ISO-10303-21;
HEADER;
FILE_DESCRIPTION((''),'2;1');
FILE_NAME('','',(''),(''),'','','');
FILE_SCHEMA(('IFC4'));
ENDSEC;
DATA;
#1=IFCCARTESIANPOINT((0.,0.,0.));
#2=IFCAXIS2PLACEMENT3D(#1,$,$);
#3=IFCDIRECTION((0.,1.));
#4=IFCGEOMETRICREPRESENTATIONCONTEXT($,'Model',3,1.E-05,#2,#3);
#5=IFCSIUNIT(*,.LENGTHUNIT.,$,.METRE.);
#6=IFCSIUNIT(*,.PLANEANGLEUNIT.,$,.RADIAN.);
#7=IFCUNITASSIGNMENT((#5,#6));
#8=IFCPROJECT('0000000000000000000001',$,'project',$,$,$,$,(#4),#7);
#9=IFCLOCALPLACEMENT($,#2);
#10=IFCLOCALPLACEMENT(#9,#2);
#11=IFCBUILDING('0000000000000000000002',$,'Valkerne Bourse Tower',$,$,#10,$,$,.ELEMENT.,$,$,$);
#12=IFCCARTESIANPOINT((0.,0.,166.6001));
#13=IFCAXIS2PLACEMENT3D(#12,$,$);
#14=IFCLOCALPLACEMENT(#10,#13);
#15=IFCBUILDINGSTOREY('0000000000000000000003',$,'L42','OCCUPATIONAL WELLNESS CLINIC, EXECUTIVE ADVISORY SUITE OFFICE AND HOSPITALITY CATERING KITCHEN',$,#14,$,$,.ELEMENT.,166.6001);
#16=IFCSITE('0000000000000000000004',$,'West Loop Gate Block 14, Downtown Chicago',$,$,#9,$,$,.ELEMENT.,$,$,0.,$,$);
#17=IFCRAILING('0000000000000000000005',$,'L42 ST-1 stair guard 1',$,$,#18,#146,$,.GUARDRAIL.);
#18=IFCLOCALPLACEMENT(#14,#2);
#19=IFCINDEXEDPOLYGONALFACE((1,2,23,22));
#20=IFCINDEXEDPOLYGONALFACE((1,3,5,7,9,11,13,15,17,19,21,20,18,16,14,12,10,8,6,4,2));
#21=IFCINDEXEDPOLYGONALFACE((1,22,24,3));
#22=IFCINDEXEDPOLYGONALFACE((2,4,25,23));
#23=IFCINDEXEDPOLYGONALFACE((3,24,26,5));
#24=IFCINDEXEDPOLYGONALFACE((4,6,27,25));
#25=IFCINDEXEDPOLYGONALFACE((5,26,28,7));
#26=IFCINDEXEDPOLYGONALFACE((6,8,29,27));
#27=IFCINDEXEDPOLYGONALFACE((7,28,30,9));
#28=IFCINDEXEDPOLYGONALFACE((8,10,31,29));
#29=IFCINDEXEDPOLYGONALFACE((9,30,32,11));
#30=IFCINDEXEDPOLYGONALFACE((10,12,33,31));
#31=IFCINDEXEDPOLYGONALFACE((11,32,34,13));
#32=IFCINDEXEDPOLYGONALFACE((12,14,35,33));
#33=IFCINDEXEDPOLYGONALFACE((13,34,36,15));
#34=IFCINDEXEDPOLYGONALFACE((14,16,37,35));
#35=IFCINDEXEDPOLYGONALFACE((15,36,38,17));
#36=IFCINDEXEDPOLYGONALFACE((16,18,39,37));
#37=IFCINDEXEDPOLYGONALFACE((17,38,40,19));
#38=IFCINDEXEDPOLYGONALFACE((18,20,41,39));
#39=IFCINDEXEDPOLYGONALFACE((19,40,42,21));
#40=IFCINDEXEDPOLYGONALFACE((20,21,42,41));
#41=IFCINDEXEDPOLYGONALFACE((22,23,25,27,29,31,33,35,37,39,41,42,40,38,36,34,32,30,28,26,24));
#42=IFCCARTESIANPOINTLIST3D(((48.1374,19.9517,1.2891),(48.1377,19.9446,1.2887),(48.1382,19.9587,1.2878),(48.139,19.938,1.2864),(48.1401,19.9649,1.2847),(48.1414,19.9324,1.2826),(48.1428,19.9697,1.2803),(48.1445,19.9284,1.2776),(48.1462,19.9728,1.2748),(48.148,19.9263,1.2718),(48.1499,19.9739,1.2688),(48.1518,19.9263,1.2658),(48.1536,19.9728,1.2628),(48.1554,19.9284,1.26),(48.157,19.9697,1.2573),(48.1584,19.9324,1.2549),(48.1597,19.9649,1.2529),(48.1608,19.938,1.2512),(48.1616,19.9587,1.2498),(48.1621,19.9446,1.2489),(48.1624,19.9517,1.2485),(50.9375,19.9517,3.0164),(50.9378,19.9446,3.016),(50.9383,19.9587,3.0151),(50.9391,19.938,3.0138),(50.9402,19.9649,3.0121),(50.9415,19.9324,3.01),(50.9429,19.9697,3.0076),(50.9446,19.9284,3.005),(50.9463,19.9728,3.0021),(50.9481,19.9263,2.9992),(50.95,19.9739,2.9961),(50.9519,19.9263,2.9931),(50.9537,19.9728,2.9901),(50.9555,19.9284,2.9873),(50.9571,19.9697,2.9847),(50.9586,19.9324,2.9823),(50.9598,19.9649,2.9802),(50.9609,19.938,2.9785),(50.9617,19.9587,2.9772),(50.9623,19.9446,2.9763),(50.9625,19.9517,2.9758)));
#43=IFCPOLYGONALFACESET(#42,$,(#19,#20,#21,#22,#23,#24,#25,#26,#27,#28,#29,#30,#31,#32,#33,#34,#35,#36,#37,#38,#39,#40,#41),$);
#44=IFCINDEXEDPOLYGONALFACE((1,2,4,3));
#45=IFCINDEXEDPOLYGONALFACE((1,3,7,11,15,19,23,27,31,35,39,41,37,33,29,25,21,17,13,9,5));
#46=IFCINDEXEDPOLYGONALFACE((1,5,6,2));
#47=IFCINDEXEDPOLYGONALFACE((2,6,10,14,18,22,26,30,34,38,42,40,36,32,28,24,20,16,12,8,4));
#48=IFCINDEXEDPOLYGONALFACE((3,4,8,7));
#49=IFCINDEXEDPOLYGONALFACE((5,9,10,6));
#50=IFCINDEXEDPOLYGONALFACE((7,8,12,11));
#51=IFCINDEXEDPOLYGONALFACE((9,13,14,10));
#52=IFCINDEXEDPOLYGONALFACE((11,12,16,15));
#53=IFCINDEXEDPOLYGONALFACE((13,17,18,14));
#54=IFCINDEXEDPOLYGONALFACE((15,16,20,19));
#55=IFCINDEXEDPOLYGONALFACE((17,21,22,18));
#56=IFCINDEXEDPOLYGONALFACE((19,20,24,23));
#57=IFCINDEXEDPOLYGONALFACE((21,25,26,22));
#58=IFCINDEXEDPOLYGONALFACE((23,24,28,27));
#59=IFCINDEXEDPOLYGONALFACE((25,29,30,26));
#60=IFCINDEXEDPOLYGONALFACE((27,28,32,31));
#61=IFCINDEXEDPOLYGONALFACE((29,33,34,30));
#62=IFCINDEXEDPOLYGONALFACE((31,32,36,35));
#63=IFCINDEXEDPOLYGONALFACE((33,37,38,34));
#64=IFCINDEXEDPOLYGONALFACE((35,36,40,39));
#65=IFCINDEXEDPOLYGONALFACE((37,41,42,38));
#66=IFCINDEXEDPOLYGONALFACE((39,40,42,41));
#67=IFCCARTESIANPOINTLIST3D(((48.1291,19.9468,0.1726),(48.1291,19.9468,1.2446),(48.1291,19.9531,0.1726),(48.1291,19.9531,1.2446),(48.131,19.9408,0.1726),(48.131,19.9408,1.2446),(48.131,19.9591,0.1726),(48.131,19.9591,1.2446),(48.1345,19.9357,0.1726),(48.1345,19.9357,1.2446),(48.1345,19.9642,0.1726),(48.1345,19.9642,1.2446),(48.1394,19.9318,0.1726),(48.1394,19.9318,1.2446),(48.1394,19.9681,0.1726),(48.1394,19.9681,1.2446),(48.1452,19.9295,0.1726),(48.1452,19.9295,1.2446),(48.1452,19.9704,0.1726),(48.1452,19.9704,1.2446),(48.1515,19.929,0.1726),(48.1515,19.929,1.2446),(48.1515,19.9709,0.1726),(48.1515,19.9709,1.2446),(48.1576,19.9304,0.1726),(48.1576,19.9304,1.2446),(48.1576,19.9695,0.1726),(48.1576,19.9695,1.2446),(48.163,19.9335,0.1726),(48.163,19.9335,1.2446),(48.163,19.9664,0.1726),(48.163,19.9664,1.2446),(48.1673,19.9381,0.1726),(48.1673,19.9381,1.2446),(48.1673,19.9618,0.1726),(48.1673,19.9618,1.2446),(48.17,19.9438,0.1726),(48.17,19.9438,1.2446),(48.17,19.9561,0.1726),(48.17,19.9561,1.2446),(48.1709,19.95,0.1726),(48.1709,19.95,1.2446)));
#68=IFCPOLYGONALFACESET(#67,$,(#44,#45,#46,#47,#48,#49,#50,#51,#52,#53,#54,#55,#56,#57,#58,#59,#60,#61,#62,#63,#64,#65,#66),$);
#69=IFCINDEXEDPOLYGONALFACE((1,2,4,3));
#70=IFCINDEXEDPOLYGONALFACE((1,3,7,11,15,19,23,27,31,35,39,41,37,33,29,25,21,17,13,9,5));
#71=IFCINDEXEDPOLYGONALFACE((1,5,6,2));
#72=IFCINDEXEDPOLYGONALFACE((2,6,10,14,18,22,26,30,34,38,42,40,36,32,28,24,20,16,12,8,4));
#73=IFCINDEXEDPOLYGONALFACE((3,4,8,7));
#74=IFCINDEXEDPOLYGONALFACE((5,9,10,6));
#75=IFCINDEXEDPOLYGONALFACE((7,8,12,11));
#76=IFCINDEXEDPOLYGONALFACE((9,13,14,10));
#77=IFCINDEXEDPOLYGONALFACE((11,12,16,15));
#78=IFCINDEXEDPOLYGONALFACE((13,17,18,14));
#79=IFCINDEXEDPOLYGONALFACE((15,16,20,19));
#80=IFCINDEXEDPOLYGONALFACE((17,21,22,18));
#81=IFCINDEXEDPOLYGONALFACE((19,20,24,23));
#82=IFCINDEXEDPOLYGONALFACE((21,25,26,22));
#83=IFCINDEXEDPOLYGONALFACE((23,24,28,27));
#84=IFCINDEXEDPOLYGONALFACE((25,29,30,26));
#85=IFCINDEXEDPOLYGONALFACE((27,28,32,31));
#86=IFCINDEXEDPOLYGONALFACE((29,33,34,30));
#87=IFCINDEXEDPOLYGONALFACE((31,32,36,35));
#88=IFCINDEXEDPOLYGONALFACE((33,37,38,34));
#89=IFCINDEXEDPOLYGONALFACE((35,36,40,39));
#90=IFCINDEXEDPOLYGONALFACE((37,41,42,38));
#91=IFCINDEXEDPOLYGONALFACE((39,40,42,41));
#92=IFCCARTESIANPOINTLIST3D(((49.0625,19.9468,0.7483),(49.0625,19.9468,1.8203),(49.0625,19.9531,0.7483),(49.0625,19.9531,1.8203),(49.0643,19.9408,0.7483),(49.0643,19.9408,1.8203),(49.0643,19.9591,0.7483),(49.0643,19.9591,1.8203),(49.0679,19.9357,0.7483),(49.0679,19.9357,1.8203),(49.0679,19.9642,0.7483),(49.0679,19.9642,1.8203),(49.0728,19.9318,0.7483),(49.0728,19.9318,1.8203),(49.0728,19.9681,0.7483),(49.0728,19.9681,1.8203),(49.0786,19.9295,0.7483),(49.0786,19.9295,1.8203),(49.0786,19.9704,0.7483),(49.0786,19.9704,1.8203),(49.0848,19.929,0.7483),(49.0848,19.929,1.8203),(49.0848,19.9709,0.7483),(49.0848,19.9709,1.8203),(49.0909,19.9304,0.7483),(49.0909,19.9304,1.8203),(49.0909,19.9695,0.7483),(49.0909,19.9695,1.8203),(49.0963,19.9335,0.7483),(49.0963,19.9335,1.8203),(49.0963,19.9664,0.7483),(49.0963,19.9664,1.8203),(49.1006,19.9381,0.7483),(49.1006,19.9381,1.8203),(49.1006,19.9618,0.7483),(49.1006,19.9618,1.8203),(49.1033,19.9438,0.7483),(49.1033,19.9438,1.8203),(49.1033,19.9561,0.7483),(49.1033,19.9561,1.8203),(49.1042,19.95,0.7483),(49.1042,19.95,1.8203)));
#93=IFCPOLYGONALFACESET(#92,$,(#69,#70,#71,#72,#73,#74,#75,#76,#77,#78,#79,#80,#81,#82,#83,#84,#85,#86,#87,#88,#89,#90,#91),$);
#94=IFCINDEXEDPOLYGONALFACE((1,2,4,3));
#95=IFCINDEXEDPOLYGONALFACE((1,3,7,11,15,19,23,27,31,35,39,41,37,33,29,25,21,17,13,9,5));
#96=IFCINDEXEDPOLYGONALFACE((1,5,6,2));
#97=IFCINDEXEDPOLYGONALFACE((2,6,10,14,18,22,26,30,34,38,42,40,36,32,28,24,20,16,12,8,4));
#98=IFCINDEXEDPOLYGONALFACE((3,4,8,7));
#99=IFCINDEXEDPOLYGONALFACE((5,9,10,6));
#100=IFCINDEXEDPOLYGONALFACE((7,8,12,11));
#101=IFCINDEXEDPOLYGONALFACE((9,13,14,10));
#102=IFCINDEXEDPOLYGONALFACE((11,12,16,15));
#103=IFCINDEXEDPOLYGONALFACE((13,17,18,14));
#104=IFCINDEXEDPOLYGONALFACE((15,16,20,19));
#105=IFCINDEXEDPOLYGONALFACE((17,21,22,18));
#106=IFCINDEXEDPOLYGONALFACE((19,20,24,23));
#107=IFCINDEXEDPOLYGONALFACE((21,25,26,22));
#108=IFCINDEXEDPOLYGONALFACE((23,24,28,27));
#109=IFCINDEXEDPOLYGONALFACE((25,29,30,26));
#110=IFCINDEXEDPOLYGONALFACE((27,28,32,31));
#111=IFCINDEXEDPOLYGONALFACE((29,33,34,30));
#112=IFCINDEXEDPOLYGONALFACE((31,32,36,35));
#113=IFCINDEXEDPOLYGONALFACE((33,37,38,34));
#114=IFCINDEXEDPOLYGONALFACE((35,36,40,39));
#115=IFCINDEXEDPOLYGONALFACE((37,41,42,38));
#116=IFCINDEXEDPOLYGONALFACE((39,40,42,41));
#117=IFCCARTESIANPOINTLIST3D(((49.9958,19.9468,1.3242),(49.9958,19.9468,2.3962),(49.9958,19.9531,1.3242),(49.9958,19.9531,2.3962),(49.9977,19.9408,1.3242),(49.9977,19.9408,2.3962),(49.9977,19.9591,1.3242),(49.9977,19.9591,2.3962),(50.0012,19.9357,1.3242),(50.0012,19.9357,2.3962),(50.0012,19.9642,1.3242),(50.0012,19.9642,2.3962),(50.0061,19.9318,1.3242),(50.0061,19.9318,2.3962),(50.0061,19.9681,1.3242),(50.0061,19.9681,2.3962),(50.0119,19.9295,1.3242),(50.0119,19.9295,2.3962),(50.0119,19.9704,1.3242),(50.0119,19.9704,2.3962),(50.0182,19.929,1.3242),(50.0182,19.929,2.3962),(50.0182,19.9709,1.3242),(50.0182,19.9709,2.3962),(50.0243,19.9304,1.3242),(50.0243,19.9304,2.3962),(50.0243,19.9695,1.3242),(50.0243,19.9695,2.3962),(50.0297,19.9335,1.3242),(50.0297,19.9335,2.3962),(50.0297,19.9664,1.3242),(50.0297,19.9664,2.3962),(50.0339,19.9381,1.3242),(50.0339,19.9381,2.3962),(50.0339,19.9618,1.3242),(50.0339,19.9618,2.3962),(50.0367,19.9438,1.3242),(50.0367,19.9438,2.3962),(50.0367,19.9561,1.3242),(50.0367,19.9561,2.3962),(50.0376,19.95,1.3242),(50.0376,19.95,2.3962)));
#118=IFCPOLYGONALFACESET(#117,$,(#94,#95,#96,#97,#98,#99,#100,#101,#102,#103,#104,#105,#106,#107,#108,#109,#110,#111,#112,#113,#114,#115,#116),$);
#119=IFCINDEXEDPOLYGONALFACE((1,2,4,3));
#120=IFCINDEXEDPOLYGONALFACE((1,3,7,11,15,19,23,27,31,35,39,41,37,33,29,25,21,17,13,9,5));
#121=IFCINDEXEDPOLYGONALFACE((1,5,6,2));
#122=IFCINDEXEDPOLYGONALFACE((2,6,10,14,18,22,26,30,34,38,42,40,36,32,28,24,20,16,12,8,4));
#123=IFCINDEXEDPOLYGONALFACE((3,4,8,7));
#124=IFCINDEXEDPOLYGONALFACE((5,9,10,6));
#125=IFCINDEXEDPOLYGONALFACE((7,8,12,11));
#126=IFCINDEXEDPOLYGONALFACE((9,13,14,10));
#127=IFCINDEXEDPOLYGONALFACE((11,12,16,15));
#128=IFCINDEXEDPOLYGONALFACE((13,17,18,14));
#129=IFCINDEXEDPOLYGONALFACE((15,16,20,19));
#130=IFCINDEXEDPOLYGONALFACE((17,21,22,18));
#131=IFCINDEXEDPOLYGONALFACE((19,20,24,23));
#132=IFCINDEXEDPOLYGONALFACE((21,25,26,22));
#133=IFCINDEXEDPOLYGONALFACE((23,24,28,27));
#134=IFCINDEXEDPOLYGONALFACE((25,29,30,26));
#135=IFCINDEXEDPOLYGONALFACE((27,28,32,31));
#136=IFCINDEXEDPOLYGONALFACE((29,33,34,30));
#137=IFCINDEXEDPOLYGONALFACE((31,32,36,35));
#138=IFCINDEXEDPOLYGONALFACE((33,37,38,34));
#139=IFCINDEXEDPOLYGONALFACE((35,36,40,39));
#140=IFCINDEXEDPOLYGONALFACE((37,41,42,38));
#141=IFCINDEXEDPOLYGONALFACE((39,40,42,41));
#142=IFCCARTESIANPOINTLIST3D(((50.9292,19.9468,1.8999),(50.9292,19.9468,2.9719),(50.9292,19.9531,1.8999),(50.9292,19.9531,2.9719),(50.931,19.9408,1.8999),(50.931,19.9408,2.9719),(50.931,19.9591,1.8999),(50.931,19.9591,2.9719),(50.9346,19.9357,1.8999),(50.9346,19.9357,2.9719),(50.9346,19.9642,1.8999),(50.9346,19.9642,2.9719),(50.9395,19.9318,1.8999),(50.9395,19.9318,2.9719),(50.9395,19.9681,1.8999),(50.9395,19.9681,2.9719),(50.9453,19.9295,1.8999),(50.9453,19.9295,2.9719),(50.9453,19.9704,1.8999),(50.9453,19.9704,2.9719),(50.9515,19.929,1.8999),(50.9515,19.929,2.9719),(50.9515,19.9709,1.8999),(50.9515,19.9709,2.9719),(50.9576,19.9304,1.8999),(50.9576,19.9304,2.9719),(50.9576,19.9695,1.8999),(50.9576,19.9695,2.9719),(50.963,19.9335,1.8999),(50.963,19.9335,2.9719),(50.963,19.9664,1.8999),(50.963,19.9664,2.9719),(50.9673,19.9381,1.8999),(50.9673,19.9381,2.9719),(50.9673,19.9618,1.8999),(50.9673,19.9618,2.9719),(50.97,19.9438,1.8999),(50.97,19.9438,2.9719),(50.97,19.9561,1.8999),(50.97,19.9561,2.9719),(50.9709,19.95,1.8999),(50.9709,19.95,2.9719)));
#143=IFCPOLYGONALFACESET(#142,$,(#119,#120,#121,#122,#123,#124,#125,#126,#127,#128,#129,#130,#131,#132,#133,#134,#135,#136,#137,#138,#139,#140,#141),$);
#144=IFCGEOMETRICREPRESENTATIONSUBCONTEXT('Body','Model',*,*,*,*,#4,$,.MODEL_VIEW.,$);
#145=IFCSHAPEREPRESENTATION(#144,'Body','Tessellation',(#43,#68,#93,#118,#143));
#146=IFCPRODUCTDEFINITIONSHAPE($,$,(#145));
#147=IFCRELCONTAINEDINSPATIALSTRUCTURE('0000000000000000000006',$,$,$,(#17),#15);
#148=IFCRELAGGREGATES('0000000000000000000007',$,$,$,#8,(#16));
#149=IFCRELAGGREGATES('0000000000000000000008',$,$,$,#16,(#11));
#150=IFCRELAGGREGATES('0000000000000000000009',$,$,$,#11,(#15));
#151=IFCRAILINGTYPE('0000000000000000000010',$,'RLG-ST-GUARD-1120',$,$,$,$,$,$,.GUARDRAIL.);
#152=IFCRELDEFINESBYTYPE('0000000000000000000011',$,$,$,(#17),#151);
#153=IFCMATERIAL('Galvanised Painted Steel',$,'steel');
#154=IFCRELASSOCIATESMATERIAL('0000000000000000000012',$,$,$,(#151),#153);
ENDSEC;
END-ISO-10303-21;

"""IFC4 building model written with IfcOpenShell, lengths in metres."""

from ifc_helpers import new_model, si_unit, direction, frame, origin, origin_2d, place, context, subcontext, project, spatial, circle, extrude, material, type_object, element, save


model = new_model("IFC4")

# Units and contexts
model_context = context("Model", 3, precision=1e-05, world=origin(), true_north=direction((0.0, 1.0)))
body_context = subcontext(model_context, "Body", "Model", "MODEL_VIEW")
ifc_project = project(units=[si_unit("LENGTHUNIT", "METRE"), si_unit("PLANEANGLEUNIT", "RADIAN")], contexts=[model_context])

# Site, building, storey
site_placement = place(None, origin())
site = spatial("IfcSite", under=ifc_project, at=site_placement, Name="West Loop Gate Block 14, Downtown Chicago", CompositionType="ELEMENT", RefElevation=0.0)
building_placement = place(site_placement, origin())
building = spatial("IfcBuilding", under=site, at=building_placement, Name="Valkerne Bourse Tower", CompositionType="ELEMENT")
storey_placement = place(building_placement, frame((0.0, 0.0, 166.6001)))
storey = spatial("IfcBuildingStorey", under=building, at=storey_placement, Name="L42", Description="OCCUPATIONAL WELLNESS CLINIC, EXECUTIVE ADVISORY SUITE OFFICE AND HOSPITALITY CATERING KITCHEN", CompositionType="ELEMENT", Elevation=166.6001)

# Shared definitions
ifc_material_1 = material(Name="Galvanised Painted Steel", Category="steel")

# Railing
railing_type_1 = type_object("IfcRailingType", Name="RLG-ST-GUARD-1120", PredefinedType="GUARDRAIL", material=ifc_material_1)
railing_1_placement = place(storey_placement, frame((48.1499, 19.95, 0.1726)))
element("IfcRailing", 1, at=railing_1_placement, inside=storey, type_object=railing_type_1, Name="L42 ST-1 stair guard 1", PredefinedType="GUARDRAIL", context=body_context, shape_type="SweptSolid", body=[
    extrude(circle(Radius=0.0239, at=origin_2d()), frame((0.0, 0.0, 1.0962), z_axis=(0.85109, 0.0, 0.52502), x_axis=(0.0, 1.0, 0.0)), (0.0, 0.0, 1.0), 3.29),
    extrude(circle(Radius=0.021, at=origin_2d()), origin(), (0.0, 0.0, 1.0), 1.072),
    extrude(circle(Radius=0.021, at=origin_2d()), frame((0.9333, 0.0, 0.5757)), (0.0, 0.0, 1.0), 1.072),
    extrude(circle(Radius=0.021, at=origin_2d()), frame((1.8667, 0.0, 1.1516)), (0.0, 0.0, 1.0), 1.072),
    extrude(circle(Radius=0.021, at=origin_2d()), frame((2.8, 0.0, 1.7273)), (0.0, 0.0, 1.0), 1.072),
])

save(model, "model.ifc")
